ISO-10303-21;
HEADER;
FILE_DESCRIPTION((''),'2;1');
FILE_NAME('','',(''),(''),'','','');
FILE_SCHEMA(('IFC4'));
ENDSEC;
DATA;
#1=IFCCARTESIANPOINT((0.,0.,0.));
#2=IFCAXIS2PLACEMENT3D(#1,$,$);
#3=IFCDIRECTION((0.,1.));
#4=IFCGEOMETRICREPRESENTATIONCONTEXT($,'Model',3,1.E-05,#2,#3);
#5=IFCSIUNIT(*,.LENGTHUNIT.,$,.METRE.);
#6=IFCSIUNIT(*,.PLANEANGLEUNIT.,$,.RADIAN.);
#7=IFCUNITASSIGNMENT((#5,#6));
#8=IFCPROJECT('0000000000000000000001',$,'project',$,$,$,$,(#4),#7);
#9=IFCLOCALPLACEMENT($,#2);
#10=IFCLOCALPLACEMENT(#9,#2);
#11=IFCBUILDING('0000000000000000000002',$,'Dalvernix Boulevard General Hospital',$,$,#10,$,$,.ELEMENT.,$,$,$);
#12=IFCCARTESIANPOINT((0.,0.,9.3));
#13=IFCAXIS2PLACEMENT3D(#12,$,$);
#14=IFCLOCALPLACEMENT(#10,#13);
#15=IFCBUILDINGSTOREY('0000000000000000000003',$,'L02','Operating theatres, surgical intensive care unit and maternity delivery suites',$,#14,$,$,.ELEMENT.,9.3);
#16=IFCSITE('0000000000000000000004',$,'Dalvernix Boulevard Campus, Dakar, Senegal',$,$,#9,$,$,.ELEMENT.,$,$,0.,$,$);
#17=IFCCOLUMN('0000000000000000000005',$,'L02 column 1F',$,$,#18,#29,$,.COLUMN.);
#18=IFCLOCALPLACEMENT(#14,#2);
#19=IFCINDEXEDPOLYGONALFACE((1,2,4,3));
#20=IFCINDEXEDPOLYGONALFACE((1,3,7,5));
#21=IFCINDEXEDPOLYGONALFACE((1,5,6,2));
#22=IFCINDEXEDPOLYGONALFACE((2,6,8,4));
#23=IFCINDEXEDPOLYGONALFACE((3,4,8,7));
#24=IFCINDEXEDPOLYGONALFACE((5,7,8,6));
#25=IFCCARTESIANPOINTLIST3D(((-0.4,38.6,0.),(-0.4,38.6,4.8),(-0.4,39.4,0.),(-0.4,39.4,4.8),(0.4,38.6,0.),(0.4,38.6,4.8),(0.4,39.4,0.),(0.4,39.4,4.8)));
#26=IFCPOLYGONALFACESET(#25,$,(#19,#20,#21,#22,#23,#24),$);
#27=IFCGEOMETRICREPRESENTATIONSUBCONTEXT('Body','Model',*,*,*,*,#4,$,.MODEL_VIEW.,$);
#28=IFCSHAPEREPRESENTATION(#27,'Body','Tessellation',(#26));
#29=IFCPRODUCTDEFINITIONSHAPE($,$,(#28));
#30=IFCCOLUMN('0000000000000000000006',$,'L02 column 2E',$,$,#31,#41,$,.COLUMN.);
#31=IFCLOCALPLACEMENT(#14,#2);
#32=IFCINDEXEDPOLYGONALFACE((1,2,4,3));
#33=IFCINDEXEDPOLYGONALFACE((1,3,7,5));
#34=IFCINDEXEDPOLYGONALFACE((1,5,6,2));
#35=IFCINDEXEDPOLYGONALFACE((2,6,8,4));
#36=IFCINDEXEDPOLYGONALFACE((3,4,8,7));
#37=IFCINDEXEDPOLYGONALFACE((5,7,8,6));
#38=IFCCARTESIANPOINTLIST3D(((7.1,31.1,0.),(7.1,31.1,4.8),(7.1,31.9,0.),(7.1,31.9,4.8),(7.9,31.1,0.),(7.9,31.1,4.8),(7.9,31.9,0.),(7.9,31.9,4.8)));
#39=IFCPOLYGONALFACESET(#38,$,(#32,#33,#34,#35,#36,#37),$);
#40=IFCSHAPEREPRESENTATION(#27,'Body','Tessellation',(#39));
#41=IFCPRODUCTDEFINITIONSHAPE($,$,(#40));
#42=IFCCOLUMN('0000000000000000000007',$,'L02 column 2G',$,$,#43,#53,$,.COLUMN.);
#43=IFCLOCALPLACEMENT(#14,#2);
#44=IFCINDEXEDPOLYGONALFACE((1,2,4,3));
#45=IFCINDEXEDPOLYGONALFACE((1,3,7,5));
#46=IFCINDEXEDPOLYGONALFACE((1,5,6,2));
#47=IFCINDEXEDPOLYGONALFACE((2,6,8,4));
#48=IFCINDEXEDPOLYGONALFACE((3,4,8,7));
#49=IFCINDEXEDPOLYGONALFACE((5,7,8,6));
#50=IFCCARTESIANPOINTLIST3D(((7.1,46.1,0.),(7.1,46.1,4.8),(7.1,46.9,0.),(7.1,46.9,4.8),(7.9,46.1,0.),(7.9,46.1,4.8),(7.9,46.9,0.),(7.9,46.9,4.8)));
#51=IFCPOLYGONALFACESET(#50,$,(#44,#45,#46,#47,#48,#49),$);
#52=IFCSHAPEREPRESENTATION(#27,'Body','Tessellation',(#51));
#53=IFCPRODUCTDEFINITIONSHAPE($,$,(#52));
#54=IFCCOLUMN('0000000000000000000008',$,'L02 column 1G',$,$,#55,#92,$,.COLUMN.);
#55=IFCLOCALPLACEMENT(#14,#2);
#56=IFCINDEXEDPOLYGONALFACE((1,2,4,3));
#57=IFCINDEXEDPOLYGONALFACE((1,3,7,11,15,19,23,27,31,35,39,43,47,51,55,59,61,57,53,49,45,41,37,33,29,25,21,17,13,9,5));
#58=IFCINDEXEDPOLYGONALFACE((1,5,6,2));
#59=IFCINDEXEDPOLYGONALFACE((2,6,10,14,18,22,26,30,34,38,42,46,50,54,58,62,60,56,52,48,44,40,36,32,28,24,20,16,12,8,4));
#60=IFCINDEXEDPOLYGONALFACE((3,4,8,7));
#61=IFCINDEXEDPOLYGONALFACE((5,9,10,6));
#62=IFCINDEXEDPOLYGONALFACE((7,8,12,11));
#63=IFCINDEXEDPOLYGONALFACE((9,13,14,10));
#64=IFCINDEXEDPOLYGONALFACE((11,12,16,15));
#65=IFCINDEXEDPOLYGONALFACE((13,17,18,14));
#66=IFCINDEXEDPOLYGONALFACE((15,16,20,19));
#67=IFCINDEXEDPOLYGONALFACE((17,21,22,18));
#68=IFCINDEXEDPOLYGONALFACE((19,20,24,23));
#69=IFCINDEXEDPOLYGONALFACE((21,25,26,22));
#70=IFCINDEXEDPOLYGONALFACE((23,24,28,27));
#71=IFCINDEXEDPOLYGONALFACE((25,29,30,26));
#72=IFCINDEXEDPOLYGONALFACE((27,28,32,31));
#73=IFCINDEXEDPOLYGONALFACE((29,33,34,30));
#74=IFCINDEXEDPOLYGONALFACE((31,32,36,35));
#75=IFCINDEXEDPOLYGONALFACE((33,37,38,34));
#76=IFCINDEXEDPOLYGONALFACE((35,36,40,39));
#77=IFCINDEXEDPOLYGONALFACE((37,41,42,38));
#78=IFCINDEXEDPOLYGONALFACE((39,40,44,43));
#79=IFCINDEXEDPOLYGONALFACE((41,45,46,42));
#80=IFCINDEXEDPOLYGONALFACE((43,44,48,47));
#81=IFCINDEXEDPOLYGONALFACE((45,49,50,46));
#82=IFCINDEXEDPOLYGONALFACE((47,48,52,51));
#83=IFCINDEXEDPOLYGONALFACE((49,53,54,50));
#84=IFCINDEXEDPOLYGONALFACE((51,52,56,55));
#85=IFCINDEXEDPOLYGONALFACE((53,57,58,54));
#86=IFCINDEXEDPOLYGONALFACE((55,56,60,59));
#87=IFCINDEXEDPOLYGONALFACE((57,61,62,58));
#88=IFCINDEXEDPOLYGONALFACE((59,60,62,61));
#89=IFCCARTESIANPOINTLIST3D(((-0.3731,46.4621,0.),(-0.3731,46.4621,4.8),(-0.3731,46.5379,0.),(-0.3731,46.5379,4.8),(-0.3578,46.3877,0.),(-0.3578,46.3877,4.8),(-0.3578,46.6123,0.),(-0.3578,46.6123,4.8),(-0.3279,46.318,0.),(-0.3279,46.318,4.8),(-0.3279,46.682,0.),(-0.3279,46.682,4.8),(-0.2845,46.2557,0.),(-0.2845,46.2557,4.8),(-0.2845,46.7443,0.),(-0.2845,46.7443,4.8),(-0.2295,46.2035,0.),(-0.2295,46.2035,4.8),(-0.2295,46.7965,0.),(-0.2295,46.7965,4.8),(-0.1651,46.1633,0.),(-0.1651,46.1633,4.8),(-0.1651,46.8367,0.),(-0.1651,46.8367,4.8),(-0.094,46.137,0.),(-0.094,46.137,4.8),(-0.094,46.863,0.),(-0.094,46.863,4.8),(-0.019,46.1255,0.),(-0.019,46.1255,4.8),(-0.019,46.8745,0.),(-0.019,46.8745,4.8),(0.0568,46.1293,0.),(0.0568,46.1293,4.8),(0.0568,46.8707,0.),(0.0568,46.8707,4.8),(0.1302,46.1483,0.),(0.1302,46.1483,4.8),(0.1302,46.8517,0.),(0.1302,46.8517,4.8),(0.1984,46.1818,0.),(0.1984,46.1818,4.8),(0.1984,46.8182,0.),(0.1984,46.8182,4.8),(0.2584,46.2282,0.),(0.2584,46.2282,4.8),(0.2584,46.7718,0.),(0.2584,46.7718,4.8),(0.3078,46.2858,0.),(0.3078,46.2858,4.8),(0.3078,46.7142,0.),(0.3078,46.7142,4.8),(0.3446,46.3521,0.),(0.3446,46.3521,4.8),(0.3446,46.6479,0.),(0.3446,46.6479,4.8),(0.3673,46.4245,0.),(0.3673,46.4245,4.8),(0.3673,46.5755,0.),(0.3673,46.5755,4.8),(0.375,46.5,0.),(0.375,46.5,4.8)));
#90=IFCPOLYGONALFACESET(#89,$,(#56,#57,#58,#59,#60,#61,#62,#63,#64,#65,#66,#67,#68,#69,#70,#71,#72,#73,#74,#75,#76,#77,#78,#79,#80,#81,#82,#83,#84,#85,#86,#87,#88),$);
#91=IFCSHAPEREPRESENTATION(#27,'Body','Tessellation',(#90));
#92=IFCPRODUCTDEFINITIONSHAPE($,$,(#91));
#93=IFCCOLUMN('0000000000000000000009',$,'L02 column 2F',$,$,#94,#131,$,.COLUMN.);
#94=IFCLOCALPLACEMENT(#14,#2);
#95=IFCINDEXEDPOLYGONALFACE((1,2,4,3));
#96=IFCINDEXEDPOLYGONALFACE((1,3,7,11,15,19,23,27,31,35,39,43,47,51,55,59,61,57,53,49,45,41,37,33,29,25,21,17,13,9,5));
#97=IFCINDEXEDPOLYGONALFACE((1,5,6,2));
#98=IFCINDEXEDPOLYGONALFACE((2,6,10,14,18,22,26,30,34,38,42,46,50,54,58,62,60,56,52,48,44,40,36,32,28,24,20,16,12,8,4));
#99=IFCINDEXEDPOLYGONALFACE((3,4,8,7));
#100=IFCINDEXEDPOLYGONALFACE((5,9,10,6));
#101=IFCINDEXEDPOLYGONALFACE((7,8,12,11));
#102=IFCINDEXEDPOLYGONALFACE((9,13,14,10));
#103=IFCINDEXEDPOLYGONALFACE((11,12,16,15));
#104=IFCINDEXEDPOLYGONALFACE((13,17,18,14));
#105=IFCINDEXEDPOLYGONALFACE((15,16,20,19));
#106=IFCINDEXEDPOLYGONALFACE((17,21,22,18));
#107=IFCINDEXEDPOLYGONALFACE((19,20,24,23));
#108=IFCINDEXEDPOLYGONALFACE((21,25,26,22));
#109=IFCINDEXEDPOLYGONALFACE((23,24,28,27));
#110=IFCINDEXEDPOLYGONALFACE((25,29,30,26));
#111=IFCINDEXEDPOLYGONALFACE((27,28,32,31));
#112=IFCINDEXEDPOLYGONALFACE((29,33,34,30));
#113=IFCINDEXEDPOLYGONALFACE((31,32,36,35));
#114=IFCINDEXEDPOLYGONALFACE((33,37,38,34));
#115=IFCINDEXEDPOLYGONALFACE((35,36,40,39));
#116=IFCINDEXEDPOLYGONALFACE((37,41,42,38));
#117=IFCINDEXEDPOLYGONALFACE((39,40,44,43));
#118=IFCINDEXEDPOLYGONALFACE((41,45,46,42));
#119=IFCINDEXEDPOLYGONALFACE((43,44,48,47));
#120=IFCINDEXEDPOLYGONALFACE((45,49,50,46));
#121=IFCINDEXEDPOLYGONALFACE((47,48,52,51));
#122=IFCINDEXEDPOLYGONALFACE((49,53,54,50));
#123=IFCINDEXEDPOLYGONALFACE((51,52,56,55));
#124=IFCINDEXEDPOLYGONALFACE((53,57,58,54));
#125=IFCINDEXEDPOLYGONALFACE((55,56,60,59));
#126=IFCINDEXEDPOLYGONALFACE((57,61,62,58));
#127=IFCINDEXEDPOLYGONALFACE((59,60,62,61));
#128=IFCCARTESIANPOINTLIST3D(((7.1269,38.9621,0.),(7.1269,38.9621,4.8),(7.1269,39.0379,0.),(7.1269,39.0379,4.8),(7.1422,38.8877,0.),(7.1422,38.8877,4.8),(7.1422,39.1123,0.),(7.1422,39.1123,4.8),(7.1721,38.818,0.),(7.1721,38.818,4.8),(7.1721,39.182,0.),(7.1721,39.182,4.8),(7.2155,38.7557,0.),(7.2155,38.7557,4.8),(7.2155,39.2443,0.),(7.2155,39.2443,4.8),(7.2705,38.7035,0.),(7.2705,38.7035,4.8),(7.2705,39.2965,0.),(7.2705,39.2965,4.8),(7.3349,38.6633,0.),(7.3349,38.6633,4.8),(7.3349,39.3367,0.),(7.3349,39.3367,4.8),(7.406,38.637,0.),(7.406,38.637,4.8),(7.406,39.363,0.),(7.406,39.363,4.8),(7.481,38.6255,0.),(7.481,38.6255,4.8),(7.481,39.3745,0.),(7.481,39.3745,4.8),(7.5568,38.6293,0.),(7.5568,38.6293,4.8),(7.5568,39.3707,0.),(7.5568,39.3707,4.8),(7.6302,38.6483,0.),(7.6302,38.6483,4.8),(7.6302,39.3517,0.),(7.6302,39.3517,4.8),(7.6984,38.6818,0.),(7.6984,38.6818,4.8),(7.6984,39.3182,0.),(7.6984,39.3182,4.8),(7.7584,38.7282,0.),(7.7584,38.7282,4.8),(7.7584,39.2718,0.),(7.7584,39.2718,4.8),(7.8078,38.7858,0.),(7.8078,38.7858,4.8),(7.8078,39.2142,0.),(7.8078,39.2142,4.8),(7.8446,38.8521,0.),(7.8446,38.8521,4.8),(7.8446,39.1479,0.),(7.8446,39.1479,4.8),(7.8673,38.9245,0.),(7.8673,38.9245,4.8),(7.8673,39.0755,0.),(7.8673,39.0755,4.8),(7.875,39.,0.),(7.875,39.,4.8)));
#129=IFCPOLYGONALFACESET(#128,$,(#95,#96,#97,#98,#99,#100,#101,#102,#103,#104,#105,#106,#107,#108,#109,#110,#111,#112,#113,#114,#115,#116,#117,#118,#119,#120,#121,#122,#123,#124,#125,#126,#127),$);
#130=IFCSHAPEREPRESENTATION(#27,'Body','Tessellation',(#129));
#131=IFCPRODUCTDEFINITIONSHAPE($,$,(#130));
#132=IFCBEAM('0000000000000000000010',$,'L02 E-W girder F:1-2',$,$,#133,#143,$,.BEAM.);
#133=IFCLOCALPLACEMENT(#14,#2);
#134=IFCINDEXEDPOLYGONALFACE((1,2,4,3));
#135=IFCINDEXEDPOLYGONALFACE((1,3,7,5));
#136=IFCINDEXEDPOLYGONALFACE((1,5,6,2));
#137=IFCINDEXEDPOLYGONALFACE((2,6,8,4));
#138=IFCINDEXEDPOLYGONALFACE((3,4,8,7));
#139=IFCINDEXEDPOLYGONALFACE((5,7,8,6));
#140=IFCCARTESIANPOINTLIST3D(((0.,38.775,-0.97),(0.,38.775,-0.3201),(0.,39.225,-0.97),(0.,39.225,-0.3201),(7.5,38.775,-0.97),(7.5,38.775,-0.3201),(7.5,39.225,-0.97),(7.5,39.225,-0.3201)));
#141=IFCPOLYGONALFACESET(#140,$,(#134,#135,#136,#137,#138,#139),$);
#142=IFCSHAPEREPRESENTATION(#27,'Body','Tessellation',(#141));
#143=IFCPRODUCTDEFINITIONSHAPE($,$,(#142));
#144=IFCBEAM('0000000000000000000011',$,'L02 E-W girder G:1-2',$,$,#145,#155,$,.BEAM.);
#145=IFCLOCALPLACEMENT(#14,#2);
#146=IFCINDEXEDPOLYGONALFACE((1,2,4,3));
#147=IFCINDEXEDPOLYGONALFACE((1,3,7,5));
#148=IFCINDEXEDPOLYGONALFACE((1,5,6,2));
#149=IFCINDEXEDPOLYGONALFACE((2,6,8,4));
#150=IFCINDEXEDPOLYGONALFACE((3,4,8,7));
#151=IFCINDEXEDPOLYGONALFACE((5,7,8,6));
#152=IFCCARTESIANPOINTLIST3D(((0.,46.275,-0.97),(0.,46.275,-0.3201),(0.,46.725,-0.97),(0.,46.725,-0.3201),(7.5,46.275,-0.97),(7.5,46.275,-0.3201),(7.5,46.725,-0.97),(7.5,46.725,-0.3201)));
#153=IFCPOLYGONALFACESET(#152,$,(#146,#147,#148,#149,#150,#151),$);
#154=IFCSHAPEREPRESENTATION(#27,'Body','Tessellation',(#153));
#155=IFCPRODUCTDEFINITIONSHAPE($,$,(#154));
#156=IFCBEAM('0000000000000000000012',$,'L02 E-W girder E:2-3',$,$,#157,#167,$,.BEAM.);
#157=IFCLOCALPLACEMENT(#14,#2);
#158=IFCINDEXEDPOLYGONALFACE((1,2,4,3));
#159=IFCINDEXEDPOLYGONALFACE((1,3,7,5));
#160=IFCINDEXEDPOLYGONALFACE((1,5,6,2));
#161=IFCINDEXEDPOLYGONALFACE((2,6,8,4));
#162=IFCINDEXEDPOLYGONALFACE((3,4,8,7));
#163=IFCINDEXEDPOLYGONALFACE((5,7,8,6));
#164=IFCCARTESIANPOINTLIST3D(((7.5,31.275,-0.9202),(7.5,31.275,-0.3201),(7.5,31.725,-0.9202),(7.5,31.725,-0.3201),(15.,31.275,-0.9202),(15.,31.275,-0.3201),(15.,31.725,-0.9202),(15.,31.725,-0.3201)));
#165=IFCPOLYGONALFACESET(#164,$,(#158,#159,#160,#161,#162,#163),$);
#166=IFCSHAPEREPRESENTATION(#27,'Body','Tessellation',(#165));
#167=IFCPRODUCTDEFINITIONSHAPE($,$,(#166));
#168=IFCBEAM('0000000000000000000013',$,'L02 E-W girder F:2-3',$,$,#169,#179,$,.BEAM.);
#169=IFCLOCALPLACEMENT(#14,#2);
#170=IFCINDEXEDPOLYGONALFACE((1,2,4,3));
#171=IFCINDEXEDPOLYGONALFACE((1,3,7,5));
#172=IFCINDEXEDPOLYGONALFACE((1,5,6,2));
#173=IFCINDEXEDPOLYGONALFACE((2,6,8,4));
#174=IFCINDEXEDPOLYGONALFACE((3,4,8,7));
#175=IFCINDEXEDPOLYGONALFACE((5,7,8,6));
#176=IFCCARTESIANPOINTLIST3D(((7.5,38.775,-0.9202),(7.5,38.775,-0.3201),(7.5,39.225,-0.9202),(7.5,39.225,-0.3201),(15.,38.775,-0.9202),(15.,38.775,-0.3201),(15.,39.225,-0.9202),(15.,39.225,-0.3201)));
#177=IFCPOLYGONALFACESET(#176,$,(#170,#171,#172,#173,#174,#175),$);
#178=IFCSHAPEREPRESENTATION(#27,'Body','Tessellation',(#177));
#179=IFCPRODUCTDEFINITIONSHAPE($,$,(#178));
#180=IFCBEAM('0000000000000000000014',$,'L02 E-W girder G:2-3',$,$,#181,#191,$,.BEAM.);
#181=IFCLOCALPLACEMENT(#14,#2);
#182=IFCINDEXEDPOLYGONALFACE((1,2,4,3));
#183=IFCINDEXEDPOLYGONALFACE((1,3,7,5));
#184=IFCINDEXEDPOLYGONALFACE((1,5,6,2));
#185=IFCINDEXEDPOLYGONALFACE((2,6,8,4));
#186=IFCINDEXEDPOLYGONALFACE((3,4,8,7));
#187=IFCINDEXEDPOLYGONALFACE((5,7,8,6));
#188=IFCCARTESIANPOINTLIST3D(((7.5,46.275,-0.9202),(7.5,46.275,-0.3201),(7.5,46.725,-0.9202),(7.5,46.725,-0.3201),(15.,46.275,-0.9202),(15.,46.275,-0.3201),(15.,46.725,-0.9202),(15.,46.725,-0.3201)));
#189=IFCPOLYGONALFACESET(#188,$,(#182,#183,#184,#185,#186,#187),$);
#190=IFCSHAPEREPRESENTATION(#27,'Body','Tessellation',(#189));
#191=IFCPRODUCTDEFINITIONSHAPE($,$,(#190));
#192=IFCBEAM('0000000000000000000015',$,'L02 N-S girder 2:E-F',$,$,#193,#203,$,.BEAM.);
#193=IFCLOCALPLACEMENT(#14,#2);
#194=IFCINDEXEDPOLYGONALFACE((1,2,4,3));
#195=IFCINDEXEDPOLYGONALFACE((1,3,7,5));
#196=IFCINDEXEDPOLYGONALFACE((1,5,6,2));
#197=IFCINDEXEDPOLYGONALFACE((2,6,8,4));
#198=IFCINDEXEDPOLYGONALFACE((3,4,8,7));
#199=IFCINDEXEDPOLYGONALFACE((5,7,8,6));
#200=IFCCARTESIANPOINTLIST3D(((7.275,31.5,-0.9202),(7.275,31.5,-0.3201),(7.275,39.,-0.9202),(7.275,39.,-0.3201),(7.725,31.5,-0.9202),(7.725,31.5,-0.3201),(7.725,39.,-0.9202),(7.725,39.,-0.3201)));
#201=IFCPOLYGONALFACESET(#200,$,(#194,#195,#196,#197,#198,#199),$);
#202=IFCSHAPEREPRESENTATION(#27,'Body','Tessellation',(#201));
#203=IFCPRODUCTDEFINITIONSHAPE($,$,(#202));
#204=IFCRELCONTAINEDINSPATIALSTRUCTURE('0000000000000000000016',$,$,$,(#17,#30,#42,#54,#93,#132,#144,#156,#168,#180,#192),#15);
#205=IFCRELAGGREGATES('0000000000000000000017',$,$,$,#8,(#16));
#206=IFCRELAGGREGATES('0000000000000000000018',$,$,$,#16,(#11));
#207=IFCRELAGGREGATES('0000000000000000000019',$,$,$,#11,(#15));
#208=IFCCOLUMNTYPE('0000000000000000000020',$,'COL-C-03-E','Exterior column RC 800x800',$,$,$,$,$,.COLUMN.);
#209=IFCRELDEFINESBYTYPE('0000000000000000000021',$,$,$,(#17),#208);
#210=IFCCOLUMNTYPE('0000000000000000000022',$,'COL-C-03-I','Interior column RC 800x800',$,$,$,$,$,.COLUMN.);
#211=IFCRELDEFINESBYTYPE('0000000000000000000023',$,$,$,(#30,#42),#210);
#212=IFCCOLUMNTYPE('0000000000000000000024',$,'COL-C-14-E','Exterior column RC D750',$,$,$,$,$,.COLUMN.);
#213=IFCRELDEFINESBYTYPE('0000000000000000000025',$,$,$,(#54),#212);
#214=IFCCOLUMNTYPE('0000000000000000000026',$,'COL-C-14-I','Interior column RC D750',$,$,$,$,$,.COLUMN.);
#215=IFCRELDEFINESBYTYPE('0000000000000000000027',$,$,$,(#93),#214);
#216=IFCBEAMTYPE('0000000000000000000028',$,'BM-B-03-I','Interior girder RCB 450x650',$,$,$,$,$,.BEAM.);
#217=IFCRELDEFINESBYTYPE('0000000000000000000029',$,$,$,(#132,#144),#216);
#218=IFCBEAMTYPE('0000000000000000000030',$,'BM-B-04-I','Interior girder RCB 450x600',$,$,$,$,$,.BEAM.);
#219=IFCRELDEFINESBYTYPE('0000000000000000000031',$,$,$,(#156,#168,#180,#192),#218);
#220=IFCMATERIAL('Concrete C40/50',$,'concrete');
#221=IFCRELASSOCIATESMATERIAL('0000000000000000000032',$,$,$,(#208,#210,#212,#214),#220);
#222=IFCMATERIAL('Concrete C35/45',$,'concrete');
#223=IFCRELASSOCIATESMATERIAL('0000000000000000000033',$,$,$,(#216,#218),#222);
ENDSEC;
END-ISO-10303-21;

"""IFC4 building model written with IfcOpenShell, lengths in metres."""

from ifc_helpers import new_model, si_unit, direction, frame, origin, origin_2d, place, context, subcontext, project, spatial, rectangle, circle, extrude, material, material_profile, profile_set, type_object, element, save


model = new_model("IFC4")

# Units and contexts
model_context = context("Model", 3, precision=1e-05, world=origin(), true_north=direction((0.0, 1.0)))
body_context = subcontext(model_context, "Body", "Model", "MODEL_VIEW")
ifc_project = project(units=[si_unit("LENGTHUNIT", "METRE"), si_unit("PLANEANGLEUNIT", "RADIAN")], contexts=[model_context])

# Site, building, storey
site_placement = place(None, origin())
site = spatial("IfcSite", under=ifc_project, at=site_placement, Name="Dalvernix Boulevard Campus, Dakar, Senegal", CompositionType="ELEMENT", RefElevation=0.0)
building_placement = place(site_placement, origin())
building = spatial("IfcBuilding", under=site, at=building_placement, Name="Dalvernix Boulevard General Hospital", CompositionType="ELEMENT")
storey_placement = place(building_placement, frame((0.0, 0.0, 9.3)))
storey = spatial("IfcBuildingStorey", under=building, at=storey_placement, Name="L02", Description="Operating theatres, surgical intensive care unit and maternity delivery suites", CompositionType="ELEMENT", Elevation=9.3)

# Columns
ifc_material_1 = material(Name="Concrete C40/50", Category="concrete")
ifc_material_profile_1 = material_profile(ifc_material_1, rectangle(XDim=0.8, YDim=0.8, at=origin_2d()), Name="RC 800x800")
ifc_profile_set_1 = profile_set([ifc_material_profile_1], Name="Concrete C40/50")
column_type_1 = type_object("IfcColumnType", Name="COL-C-03-E", Description="Exterior column RC 800x800", PredefinedType="COLUMN", material=ifc_profile_set_1)
column_1_placement = place(storey_placement, frame((0.0, 39.0, 0.0), z_axis=(0.0, 0.0, 1.0), x_axis=(1.0, 0.0, 0.0)))
element("IfcColumn", 1, at=column_1_placement, inside=storey, type_object=column_type_1, Name="L02 column 1F", PredefinedType="COLUMN", context=body_context, shape_type="SweptSolid", body=[
    extrude(rectangle(XDim=0.8, YDim=0.8, at=origin_2d()), origin(), (0.0, 0.0, 1.0), 4.8),
])
ifc_material_profile_2 = material_profile(ifc_material_1, rectangle(XDim=0.8, YDim=0.8, at=origin_2d()), Name="RC 800x800")
ifc_profile_set_2 = profile_set([ifc_material_profile_2], Name="Concrete C40/50")
column_type_2 = type_object("IfcColumnType", Name="COL-C-03-I", Description="Interior column RC 800x800", PredefinedType="COLUMN", material=ifc_profile_set_2)
for number, where, z_axis, x_axis, name in (
    (2, (7.5, 31.5, 0.0), (0.0, 0.0, 1.0), (1.0, 0.0, 0.0), "L02 column 2E"),
    (3, (7.5, 46.5, 0.0), (0.0, 0.0, 1.0), (1.0, 0.0, 0.0), "L02 column 2G"),
):
    element("IfcColumn", number, at=place(storey_placement, frame(where, z_axis=z_axis, x_axis=x_axis)), inside=storey, type_object=column_type_2, Name=name, PredefinedType="COLUMN", context=body_context, shape_type="SweptSolid", body=[
        extrude(rectangle(XDim=0.8, YDim=0.8, at=origin_2d()), origin(), (0.0, 0.0, 1.0), 4.8),
    ])
ifc_material_profile_3 = material_profile(ifc_material_1, circle(Radius=0.375, at=origin_2d()), Name="RC D750")
ifc_profile_set_3 = profile_set([ifc_material_profile_3], Name="Concrete C40/50")
column_type_3 = type_object("IfcColumnType", Name="COL-C-14-E", Description="Exterior column RC D750", PredefinedType="COLUMN", material=ifc_profile_set_3)
column_2_placement = place(storey_placement, frame((0.0, 46.5, 0.0), z_axis=(0.0, 0.0, 1.0), x_axis=(1.0, 0.0, 0.0)))
element("IfcColumn", 4, at=column_2_placement, inside=storey, type_object=column_type_3, Name="L02 column 1G", PredefinedType="COLUMN", context=body_context, shape_type="SweptSolid", body=[
    extrude(circle(Radius=0.375, at=origin_2d()), origin(), (0.0, 0.0, 1.0), 4.8),
])
ifc_material_profile_4 = material_profile(ifc_material_1, circle(Radius=0.375, at=origin_2d()), Name="RC D750")
ifc_profile_set_4 = profile_set([ifc_material_profile_4], Name="Concrete C40/50")
column_type_4 = type_object("IfcColumnType", Name="COL-C-14-I", Description="Interior column RC D750", PredefinedType="COLUMN", material=ifc_profile_set_4)
column_3_placement = place(storey_placement, frame((7.5, 39.0, 0.0), z_axis=(0.0, 0.0, 1.0), x_axis=(1.0, 0.0, 0.0)))
element("IfcColumn", 5, at=column_3_placement, inside=storey, type_object=column_type_4, Name="L02 column 2F", PredefinedType="COLUMN", context=body_context, shape_type="SweptSolid", body=[
    extrude(circle(Radius=0.375, at=origin_2d()), origin(), (0.0, 0.0, 1.0), 4.8),
])

# Beams
ifc_material_2 = material(Name="Concrete C35/45", Category="concrete")
ifc_material_profile_5 = material_profile(ifc_material_2, rectangle(XDim=0.45, YDim=0.6499, at=origin_2d()), Name="RCB 450x650")
ifc_profile_set_5 = profile_set([ifc_material_profile_5], Name="Concrete C35/45")
beam_type_1 = type_object("IfcBeamType", Name="BM-B-03-I", Description="Interior girder RCB 450x650", PredefinedType="BEAM", material=ifc_profile_set_5)
for number, where, z_axis, x_axis, name in (
    (6, (0.0, 39.0, -0.645), (1.0, 0.0, 0.0), (0.0, 1.0, 0.0), "L02 E-W girder F:1-2"),
    (7, (0.0, 46.5, -0.645), (1.0, 0.0, 0.0), (0.0, 1.0, 0.0), "L02 E-W girder G:1-2"),
):
    element("IfcBeam", number, at=place(storey_placement, frame(where, z_axis=z_axis, x_axis=x_axis)), inside=storey, type_object=beam_type_1, Name=name, PredefinedType="BEAM", context=body_context, shape_type="SweptSolid", body=[
        extrude(rectangle(XDim=0.45, YDim=0.6499, at=origin_2d()), origin(), (0.0, 0.0, 1.0), 7.5),
    ])
ifc_material_profile_6 = material_profile(ifc_material_2, rectangle(XDim=0.45, YDim=0.6001, at=origin_2d()), Name="RCB 450x600")
ifc_profile_set_6 = profile_set([ifc_material_profile_6], Name="Concrete C35/45")
beam_type_2 = type_object("IfcBeamType", Name="BM-B-04-I", Description="Interior girder RCB 450x600", PredefinedType="BEAM", material=ifc_profile_set_6)
for number, where, z_axis, x_axis, name in (
    (8, (7.5, 31.5, -0.6201), (1.0, 0.0, 0.0), (0.0, 1.0, 0.0), "L02 E-W girder E:2-3"),
    (9, (7.5, 39.0, -0.6201), (1.0, 0.0, 0.0), (0.0, 1.0, 0.0), "L02 E-W girder F:2-3"),
    (10, (7.5, 46.5, -0.6201), (1.0, 0.0, 0.0), (0.0, 1.0, 0.0), "L02 E-W girder G:2-3"),
    (11, (7.5, 31.5, -0.6201), (0.0, 1.0, 0.0), (-1.0, 0.0, 0.0), "L02 N-S girder 2:E-F"),
):
    element("IfcBeam", number, at=place(storey_placement, frame(where, z_axis=z_axis, x_axis=x_axis)), inside=storey, type_object=beam_type_2, Name=name, PredefinedType="BEAM", context=body_context, shape_type="SweptSolid", body=[
        extrude(rectangle(XDim=0.45, YDim=0.6001, at=origin_2d()), origin(), (0.0, 0.0, 1.0), 7.5),
    ])

save(model, "model.ifc")
